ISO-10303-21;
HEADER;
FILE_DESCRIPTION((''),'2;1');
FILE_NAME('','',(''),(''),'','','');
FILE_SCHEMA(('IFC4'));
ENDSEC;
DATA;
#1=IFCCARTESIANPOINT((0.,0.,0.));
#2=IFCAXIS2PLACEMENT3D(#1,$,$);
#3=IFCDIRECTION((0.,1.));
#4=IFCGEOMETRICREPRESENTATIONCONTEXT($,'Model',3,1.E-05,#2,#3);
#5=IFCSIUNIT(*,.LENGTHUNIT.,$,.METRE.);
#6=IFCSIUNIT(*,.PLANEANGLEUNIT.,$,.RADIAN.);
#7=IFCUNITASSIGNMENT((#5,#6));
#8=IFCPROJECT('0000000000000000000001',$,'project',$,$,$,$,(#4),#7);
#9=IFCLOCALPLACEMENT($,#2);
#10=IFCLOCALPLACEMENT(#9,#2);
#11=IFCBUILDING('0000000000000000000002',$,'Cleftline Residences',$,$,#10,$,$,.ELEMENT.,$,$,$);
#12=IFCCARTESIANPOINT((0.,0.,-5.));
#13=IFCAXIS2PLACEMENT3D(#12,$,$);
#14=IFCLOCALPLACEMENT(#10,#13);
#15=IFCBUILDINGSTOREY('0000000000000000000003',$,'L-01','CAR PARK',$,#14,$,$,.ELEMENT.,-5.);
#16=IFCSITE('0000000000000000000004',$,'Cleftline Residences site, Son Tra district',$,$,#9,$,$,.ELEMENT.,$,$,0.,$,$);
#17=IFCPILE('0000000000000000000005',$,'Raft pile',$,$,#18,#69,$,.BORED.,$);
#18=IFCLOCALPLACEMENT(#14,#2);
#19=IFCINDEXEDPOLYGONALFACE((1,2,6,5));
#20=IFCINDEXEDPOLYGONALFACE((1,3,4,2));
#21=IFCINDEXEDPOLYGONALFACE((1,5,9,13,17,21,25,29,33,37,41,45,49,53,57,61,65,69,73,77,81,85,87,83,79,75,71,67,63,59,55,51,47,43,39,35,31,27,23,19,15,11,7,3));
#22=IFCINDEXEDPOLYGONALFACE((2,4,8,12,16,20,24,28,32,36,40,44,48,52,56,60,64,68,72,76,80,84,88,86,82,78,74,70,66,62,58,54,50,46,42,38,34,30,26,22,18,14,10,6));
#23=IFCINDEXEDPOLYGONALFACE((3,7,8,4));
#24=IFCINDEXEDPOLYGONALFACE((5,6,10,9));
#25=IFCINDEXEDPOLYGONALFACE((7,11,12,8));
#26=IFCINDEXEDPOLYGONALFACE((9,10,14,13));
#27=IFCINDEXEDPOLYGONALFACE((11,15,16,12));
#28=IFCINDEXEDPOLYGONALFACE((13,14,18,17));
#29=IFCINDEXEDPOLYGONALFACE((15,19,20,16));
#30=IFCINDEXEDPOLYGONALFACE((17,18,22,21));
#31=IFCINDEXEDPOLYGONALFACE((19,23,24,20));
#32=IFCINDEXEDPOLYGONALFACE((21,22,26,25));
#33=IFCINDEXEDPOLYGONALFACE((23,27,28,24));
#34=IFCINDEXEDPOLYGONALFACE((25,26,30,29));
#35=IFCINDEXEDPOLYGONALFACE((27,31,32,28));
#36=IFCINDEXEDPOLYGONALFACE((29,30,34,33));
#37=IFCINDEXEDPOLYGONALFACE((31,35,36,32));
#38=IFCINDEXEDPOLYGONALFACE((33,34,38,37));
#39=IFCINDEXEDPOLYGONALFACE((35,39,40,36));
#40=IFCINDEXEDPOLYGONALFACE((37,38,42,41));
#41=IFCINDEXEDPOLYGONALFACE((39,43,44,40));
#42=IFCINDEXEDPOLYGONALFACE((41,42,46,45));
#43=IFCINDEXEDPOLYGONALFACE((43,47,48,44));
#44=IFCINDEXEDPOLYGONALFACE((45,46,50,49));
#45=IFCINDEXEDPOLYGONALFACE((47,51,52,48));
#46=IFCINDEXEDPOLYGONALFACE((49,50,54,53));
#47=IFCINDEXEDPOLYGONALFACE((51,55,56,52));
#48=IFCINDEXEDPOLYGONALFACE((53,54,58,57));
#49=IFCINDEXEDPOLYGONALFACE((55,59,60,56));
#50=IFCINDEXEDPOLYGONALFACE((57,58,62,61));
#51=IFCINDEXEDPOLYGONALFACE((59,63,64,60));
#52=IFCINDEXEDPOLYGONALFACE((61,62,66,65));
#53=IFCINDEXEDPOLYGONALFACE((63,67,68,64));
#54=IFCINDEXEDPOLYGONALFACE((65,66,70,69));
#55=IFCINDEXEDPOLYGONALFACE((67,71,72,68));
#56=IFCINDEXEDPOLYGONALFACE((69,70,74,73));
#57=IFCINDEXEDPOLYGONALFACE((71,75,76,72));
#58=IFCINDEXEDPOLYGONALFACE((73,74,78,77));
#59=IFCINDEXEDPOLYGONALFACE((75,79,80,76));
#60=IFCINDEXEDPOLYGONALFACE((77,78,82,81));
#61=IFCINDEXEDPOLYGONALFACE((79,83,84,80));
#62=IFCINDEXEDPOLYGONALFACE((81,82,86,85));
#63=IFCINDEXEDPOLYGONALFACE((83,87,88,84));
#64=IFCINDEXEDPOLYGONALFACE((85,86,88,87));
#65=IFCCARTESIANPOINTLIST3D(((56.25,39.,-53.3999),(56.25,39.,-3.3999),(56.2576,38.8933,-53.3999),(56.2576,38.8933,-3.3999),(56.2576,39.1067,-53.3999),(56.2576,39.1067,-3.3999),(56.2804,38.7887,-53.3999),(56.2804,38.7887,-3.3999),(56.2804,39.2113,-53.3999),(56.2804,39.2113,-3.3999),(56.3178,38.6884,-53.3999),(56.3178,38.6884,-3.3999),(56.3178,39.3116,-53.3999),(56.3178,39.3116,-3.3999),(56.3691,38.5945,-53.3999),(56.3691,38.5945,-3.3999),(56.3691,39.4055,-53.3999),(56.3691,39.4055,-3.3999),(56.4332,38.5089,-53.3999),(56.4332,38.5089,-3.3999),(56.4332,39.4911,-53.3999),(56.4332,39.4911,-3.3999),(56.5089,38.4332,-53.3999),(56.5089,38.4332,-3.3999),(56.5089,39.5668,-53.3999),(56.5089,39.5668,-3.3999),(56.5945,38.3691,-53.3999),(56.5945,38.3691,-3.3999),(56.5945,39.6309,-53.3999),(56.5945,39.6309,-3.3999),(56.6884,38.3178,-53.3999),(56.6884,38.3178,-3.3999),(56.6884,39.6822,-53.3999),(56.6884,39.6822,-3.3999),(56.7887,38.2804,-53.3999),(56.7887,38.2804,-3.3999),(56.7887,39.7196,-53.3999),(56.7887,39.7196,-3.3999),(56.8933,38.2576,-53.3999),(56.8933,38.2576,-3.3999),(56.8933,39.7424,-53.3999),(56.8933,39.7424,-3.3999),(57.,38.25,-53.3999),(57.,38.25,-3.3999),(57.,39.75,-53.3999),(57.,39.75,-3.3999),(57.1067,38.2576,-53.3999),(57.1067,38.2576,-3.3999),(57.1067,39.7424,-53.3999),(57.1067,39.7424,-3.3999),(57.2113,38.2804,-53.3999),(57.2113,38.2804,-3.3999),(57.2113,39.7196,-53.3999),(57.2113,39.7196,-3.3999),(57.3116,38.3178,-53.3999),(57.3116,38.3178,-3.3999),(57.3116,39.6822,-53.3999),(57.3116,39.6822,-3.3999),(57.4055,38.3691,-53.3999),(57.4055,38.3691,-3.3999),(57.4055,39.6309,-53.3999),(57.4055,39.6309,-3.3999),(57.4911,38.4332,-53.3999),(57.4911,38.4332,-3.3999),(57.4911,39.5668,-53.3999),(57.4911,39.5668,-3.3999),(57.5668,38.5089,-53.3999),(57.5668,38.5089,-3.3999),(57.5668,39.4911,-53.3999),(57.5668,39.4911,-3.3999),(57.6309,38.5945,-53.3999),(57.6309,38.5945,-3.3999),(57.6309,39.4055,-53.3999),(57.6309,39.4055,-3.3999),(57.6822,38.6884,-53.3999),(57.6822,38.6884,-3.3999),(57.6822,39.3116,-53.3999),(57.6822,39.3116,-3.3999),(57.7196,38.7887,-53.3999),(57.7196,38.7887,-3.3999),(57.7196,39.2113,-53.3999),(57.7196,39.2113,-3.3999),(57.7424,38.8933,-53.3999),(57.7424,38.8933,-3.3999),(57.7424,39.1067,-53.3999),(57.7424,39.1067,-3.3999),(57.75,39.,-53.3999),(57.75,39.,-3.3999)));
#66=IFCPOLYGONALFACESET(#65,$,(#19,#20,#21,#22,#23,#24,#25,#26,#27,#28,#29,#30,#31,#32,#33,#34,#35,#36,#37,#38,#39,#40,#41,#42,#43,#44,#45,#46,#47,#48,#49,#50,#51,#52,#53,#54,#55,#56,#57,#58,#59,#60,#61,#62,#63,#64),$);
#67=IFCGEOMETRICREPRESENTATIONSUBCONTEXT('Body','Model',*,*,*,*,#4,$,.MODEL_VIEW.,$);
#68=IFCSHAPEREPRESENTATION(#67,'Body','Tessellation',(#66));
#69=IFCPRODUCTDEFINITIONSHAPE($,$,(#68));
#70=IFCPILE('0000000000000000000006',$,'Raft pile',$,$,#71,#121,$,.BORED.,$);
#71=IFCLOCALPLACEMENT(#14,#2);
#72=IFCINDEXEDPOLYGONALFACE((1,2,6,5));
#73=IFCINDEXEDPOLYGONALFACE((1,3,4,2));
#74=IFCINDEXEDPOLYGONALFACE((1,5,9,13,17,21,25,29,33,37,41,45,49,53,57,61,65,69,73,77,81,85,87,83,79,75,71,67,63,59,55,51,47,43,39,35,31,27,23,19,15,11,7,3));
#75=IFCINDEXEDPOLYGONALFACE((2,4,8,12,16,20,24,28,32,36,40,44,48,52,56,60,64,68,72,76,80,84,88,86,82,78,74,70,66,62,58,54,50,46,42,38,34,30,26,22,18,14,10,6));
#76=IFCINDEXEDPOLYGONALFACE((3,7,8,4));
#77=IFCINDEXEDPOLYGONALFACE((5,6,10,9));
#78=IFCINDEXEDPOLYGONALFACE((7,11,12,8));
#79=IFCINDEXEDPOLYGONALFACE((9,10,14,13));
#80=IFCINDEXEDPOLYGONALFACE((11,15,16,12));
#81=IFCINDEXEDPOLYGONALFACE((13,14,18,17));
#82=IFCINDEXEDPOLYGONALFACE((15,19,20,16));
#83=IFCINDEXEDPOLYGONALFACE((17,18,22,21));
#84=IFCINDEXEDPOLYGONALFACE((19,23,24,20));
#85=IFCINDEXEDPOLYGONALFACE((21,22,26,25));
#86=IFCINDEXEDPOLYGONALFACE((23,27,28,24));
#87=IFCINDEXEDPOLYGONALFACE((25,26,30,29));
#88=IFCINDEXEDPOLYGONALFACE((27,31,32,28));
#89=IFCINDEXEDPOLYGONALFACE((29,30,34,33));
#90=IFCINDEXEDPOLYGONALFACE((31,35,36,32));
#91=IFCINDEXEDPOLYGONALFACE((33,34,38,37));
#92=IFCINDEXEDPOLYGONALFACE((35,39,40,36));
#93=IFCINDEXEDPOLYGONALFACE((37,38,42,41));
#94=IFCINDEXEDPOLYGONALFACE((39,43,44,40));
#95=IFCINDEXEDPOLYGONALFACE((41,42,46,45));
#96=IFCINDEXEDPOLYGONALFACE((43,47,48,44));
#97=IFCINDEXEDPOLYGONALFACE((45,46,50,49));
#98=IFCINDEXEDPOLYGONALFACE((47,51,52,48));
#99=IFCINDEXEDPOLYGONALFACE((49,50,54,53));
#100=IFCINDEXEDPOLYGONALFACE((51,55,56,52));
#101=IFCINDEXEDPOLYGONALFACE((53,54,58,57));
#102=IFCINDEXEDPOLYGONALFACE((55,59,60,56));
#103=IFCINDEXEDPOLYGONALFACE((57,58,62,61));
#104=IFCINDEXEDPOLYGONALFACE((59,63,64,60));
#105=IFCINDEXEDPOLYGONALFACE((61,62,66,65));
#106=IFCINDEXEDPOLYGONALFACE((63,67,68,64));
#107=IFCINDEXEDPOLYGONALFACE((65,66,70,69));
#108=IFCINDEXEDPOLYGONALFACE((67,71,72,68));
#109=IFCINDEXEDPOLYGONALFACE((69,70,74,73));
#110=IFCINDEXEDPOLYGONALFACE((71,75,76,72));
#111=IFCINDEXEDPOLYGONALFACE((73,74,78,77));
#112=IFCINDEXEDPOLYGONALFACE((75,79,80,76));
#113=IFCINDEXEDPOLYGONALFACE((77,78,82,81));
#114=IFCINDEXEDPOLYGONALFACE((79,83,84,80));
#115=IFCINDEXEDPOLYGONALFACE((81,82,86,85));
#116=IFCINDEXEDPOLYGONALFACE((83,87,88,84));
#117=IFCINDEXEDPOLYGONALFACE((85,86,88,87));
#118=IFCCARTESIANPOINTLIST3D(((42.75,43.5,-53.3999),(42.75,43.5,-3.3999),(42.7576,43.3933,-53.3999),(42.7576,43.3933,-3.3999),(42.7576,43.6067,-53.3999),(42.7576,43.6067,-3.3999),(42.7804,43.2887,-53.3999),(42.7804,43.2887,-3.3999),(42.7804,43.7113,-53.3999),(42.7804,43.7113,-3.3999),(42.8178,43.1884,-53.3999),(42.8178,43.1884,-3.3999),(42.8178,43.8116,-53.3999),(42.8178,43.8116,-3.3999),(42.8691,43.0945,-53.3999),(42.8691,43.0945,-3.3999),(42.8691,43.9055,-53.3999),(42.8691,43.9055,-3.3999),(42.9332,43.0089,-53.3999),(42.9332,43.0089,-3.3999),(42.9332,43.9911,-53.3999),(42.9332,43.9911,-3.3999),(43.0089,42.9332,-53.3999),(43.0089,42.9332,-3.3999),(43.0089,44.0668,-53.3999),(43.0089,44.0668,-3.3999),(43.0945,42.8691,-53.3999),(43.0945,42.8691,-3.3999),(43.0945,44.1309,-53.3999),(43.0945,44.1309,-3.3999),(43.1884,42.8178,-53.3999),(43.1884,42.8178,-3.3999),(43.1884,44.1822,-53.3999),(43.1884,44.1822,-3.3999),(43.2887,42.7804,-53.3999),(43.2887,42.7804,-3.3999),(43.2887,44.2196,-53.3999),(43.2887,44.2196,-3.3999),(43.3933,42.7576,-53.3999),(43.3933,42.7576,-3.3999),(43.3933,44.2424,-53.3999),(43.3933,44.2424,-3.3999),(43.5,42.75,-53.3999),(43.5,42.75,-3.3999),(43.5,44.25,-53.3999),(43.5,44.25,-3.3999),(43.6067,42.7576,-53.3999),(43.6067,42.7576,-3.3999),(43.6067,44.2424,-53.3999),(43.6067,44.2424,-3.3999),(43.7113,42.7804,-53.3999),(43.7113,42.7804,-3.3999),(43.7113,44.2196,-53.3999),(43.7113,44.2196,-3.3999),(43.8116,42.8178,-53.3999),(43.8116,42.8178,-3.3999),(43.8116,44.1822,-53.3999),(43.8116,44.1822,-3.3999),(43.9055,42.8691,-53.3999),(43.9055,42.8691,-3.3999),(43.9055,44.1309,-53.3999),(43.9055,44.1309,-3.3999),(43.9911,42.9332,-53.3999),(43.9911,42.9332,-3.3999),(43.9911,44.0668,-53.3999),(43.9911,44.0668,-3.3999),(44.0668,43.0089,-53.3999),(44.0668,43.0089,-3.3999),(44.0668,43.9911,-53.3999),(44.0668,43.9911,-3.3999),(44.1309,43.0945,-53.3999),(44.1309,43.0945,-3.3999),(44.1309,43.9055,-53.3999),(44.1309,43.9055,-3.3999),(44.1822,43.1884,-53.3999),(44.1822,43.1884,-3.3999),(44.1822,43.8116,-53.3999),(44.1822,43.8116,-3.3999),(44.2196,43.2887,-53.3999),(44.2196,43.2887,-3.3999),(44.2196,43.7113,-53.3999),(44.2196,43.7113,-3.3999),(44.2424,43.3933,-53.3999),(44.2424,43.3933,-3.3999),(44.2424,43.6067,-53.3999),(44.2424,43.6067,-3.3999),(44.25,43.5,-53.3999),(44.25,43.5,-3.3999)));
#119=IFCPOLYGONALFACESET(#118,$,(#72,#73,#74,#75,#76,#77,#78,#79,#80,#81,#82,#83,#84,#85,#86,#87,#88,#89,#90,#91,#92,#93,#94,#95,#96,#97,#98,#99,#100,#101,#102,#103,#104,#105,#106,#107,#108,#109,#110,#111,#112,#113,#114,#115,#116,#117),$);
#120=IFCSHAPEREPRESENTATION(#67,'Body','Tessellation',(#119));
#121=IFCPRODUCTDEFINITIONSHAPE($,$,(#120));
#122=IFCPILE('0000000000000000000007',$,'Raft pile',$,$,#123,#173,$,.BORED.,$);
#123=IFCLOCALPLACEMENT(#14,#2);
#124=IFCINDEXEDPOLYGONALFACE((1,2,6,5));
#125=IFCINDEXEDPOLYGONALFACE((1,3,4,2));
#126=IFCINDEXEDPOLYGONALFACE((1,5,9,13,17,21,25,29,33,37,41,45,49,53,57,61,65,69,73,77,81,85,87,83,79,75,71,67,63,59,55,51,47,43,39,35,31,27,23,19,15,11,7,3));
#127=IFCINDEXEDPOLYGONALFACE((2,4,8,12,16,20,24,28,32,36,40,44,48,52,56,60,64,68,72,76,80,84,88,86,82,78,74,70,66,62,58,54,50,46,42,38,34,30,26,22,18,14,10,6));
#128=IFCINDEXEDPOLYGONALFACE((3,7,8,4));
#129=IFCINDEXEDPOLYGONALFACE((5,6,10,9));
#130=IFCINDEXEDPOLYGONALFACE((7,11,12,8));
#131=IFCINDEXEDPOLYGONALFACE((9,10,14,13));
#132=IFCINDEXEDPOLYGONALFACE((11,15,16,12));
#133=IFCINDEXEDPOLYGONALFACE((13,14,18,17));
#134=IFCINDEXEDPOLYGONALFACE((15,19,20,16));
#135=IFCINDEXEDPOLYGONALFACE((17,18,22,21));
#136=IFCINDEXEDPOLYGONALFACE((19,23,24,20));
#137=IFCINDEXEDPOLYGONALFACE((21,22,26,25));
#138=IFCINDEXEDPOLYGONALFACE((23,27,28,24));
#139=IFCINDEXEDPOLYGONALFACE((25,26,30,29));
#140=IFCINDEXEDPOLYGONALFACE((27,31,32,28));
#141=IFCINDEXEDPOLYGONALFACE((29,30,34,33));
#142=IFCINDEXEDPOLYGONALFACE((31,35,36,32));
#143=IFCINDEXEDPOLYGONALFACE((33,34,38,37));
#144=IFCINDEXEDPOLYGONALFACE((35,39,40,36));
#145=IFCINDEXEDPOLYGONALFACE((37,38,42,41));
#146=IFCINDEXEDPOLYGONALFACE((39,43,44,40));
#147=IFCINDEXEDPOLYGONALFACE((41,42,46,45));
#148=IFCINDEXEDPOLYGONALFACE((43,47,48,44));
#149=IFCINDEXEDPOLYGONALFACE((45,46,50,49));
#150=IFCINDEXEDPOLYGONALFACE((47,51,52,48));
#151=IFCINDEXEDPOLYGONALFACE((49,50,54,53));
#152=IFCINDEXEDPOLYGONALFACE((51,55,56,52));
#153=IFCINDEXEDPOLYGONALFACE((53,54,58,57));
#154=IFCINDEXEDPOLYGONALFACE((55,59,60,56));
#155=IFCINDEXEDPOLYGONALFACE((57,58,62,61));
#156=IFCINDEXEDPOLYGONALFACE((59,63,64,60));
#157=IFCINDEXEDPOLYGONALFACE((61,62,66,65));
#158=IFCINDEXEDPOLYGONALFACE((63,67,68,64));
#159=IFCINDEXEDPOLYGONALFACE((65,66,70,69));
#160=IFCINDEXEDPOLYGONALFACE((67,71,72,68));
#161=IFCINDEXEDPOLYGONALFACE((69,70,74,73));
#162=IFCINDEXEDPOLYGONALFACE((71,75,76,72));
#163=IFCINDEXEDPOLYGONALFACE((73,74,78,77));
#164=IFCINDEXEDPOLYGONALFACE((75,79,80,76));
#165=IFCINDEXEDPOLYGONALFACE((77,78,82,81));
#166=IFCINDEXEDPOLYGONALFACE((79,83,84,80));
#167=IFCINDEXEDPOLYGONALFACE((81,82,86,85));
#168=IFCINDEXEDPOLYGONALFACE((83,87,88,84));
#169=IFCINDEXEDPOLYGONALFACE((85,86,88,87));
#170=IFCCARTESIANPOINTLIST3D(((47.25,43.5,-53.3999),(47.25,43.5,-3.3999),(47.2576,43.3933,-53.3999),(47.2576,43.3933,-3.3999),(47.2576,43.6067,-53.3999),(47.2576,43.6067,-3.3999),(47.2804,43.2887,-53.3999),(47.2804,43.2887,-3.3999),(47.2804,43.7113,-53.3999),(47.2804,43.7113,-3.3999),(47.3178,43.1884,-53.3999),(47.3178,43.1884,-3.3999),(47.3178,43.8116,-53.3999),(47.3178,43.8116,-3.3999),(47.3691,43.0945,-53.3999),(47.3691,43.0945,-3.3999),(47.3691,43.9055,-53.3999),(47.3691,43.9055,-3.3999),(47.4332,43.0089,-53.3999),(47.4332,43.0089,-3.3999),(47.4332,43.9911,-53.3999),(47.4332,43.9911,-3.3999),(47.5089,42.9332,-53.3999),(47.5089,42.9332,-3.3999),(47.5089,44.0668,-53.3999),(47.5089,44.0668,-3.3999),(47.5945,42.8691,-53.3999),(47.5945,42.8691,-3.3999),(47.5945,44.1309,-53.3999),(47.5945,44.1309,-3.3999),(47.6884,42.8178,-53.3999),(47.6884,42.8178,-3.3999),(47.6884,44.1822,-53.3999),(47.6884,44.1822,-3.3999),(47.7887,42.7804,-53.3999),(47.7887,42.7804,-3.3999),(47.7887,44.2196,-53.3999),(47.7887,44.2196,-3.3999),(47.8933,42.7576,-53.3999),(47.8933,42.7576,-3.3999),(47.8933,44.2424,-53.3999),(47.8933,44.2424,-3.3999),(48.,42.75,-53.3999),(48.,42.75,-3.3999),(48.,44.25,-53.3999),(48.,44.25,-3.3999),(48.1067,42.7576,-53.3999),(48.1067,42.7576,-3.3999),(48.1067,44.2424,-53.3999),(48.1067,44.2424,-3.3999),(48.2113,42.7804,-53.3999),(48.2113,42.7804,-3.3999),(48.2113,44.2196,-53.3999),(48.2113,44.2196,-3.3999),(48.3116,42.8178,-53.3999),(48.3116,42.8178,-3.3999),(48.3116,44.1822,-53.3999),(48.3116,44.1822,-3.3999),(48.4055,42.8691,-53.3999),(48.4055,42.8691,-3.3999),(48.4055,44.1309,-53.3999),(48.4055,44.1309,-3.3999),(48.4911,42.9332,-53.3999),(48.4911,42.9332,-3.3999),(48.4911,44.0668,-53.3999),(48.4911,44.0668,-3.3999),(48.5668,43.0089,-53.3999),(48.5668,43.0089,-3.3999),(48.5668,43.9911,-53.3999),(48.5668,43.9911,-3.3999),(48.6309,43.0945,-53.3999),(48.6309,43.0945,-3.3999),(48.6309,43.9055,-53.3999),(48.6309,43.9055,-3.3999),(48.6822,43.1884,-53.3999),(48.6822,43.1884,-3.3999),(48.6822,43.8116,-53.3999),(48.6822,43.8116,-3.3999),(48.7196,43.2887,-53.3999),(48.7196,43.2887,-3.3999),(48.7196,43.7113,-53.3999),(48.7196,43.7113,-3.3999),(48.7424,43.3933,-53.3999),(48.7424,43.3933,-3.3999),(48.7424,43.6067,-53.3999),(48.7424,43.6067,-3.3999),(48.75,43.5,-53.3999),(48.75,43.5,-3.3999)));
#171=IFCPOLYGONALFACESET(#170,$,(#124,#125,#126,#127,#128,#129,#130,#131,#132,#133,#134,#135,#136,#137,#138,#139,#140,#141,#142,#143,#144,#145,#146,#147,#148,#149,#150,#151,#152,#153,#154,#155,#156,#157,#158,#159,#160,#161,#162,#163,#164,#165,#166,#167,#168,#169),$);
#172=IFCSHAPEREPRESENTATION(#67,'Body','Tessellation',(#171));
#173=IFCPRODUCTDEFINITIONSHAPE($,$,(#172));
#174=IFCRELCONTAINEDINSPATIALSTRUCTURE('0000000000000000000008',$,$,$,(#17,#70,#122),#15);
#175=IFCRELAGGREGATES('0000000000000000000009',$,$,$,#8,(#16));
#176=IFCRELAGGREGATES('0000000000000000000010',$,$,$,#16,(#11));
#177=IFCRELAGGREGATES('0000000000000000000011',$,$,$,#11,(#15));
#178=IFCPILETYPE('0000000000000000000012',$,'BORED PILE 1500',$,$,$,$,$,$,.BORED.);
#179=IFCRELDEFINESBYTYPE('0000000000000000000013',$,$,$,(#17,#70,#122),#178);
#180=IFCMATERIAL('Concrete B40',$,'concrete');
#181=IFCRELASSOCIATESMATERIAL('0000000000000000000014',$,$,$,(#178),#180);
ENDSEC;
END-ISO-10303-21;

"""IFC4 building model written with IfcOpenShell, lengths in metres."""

from ifc_helpers import new_model, si_unit, direction, frame, origin, origin_2d, place, context, subcontext, project, spatial, circle, extrude, material, material_profile, profile_set, type_object, element, save


model = new_model("IFC4")

# Units and contexts
model_context = context("Model", 3, precision=1e-05, world=origin(), true_north=direction((0.0, 1.0)))
body_context = subcontext(model_context, "Body", "Model", "MODEL_VIEW")
ifc_project = project(units=[si_unit("LENGTHUNIT", "METRE"), si_unit("PLANEANGLEUNIT", "RADIAN")], contexts=[model_context])

# Site, building, storey
site_placement = place(None, origin())
site = spatial("IfcSite", under=ifc_project, at=site_placement, Name="Cleftline Residences site, Son Tra district", CompositionType="ELEMENT", RefElevation=0.0)
building_placement = place(site_placement, origin())
building = spatial("IfcBuilding", under=site, at=building_placement, Name="Cleftline Residences", CompositionType="ELEMENT")
storey_placement = place(building_placement, frame((0.0, 0.0, -5.0)))
storey = spatial("IfcBuildingStorey", under=building, at=storey_placement, Name="L-01", Description="CAR PARK", CompositionType="ELEMENT", Elevation=-5.0)

# Piles
ifc_material_1 = material(Name="Concrete B40", Category="concrete")
ifc_material_profile_1 = material_profile(ifc_material_1, circle(Radius=0.75, at=origin_2d()))
ifc_profile_set_1 = profile_set([ifc_material_profile_1], Name="Concrete B40")
pile_type_1 = type_object("IfcPileType", Name="BORED PILE 1500", PredefinedType="BORED", material=ifc_profile_set_1)
for number, where, z_axis, x_axis, name in (
    (1, (57.0, 39.0, -3.3999), (0.0, 0.0, -1.0), (1.0, 0.0, 0.0), "Raft pile"),
    (2, (43.5, 43.5, -3.3999), (0.0, 0.0, -1.0), (1.0, 0.0, 0.0), "Raft pile"),
    (3, (48.0, 43.5, -3.3999), (0.0, 0.0, -1.0), (1.0, 0.0, 0.0), "Raft pile"),
):
    element("IfcPile", number, at=place(storey_placement, frame(where, z_axis=z_axis, x_axis=x_axis)), inside=storey, type_object=pile_type_1, Name=name, PredefinedType="BORED", context=body_context, shape_type="SweptSolid", body=[
        extrude(circle(Radius=0.75, at=origin_2d()), origin(), (0.0, 0.0, 1.0), 50.0),
    ])

save(model, "model.ifc")
